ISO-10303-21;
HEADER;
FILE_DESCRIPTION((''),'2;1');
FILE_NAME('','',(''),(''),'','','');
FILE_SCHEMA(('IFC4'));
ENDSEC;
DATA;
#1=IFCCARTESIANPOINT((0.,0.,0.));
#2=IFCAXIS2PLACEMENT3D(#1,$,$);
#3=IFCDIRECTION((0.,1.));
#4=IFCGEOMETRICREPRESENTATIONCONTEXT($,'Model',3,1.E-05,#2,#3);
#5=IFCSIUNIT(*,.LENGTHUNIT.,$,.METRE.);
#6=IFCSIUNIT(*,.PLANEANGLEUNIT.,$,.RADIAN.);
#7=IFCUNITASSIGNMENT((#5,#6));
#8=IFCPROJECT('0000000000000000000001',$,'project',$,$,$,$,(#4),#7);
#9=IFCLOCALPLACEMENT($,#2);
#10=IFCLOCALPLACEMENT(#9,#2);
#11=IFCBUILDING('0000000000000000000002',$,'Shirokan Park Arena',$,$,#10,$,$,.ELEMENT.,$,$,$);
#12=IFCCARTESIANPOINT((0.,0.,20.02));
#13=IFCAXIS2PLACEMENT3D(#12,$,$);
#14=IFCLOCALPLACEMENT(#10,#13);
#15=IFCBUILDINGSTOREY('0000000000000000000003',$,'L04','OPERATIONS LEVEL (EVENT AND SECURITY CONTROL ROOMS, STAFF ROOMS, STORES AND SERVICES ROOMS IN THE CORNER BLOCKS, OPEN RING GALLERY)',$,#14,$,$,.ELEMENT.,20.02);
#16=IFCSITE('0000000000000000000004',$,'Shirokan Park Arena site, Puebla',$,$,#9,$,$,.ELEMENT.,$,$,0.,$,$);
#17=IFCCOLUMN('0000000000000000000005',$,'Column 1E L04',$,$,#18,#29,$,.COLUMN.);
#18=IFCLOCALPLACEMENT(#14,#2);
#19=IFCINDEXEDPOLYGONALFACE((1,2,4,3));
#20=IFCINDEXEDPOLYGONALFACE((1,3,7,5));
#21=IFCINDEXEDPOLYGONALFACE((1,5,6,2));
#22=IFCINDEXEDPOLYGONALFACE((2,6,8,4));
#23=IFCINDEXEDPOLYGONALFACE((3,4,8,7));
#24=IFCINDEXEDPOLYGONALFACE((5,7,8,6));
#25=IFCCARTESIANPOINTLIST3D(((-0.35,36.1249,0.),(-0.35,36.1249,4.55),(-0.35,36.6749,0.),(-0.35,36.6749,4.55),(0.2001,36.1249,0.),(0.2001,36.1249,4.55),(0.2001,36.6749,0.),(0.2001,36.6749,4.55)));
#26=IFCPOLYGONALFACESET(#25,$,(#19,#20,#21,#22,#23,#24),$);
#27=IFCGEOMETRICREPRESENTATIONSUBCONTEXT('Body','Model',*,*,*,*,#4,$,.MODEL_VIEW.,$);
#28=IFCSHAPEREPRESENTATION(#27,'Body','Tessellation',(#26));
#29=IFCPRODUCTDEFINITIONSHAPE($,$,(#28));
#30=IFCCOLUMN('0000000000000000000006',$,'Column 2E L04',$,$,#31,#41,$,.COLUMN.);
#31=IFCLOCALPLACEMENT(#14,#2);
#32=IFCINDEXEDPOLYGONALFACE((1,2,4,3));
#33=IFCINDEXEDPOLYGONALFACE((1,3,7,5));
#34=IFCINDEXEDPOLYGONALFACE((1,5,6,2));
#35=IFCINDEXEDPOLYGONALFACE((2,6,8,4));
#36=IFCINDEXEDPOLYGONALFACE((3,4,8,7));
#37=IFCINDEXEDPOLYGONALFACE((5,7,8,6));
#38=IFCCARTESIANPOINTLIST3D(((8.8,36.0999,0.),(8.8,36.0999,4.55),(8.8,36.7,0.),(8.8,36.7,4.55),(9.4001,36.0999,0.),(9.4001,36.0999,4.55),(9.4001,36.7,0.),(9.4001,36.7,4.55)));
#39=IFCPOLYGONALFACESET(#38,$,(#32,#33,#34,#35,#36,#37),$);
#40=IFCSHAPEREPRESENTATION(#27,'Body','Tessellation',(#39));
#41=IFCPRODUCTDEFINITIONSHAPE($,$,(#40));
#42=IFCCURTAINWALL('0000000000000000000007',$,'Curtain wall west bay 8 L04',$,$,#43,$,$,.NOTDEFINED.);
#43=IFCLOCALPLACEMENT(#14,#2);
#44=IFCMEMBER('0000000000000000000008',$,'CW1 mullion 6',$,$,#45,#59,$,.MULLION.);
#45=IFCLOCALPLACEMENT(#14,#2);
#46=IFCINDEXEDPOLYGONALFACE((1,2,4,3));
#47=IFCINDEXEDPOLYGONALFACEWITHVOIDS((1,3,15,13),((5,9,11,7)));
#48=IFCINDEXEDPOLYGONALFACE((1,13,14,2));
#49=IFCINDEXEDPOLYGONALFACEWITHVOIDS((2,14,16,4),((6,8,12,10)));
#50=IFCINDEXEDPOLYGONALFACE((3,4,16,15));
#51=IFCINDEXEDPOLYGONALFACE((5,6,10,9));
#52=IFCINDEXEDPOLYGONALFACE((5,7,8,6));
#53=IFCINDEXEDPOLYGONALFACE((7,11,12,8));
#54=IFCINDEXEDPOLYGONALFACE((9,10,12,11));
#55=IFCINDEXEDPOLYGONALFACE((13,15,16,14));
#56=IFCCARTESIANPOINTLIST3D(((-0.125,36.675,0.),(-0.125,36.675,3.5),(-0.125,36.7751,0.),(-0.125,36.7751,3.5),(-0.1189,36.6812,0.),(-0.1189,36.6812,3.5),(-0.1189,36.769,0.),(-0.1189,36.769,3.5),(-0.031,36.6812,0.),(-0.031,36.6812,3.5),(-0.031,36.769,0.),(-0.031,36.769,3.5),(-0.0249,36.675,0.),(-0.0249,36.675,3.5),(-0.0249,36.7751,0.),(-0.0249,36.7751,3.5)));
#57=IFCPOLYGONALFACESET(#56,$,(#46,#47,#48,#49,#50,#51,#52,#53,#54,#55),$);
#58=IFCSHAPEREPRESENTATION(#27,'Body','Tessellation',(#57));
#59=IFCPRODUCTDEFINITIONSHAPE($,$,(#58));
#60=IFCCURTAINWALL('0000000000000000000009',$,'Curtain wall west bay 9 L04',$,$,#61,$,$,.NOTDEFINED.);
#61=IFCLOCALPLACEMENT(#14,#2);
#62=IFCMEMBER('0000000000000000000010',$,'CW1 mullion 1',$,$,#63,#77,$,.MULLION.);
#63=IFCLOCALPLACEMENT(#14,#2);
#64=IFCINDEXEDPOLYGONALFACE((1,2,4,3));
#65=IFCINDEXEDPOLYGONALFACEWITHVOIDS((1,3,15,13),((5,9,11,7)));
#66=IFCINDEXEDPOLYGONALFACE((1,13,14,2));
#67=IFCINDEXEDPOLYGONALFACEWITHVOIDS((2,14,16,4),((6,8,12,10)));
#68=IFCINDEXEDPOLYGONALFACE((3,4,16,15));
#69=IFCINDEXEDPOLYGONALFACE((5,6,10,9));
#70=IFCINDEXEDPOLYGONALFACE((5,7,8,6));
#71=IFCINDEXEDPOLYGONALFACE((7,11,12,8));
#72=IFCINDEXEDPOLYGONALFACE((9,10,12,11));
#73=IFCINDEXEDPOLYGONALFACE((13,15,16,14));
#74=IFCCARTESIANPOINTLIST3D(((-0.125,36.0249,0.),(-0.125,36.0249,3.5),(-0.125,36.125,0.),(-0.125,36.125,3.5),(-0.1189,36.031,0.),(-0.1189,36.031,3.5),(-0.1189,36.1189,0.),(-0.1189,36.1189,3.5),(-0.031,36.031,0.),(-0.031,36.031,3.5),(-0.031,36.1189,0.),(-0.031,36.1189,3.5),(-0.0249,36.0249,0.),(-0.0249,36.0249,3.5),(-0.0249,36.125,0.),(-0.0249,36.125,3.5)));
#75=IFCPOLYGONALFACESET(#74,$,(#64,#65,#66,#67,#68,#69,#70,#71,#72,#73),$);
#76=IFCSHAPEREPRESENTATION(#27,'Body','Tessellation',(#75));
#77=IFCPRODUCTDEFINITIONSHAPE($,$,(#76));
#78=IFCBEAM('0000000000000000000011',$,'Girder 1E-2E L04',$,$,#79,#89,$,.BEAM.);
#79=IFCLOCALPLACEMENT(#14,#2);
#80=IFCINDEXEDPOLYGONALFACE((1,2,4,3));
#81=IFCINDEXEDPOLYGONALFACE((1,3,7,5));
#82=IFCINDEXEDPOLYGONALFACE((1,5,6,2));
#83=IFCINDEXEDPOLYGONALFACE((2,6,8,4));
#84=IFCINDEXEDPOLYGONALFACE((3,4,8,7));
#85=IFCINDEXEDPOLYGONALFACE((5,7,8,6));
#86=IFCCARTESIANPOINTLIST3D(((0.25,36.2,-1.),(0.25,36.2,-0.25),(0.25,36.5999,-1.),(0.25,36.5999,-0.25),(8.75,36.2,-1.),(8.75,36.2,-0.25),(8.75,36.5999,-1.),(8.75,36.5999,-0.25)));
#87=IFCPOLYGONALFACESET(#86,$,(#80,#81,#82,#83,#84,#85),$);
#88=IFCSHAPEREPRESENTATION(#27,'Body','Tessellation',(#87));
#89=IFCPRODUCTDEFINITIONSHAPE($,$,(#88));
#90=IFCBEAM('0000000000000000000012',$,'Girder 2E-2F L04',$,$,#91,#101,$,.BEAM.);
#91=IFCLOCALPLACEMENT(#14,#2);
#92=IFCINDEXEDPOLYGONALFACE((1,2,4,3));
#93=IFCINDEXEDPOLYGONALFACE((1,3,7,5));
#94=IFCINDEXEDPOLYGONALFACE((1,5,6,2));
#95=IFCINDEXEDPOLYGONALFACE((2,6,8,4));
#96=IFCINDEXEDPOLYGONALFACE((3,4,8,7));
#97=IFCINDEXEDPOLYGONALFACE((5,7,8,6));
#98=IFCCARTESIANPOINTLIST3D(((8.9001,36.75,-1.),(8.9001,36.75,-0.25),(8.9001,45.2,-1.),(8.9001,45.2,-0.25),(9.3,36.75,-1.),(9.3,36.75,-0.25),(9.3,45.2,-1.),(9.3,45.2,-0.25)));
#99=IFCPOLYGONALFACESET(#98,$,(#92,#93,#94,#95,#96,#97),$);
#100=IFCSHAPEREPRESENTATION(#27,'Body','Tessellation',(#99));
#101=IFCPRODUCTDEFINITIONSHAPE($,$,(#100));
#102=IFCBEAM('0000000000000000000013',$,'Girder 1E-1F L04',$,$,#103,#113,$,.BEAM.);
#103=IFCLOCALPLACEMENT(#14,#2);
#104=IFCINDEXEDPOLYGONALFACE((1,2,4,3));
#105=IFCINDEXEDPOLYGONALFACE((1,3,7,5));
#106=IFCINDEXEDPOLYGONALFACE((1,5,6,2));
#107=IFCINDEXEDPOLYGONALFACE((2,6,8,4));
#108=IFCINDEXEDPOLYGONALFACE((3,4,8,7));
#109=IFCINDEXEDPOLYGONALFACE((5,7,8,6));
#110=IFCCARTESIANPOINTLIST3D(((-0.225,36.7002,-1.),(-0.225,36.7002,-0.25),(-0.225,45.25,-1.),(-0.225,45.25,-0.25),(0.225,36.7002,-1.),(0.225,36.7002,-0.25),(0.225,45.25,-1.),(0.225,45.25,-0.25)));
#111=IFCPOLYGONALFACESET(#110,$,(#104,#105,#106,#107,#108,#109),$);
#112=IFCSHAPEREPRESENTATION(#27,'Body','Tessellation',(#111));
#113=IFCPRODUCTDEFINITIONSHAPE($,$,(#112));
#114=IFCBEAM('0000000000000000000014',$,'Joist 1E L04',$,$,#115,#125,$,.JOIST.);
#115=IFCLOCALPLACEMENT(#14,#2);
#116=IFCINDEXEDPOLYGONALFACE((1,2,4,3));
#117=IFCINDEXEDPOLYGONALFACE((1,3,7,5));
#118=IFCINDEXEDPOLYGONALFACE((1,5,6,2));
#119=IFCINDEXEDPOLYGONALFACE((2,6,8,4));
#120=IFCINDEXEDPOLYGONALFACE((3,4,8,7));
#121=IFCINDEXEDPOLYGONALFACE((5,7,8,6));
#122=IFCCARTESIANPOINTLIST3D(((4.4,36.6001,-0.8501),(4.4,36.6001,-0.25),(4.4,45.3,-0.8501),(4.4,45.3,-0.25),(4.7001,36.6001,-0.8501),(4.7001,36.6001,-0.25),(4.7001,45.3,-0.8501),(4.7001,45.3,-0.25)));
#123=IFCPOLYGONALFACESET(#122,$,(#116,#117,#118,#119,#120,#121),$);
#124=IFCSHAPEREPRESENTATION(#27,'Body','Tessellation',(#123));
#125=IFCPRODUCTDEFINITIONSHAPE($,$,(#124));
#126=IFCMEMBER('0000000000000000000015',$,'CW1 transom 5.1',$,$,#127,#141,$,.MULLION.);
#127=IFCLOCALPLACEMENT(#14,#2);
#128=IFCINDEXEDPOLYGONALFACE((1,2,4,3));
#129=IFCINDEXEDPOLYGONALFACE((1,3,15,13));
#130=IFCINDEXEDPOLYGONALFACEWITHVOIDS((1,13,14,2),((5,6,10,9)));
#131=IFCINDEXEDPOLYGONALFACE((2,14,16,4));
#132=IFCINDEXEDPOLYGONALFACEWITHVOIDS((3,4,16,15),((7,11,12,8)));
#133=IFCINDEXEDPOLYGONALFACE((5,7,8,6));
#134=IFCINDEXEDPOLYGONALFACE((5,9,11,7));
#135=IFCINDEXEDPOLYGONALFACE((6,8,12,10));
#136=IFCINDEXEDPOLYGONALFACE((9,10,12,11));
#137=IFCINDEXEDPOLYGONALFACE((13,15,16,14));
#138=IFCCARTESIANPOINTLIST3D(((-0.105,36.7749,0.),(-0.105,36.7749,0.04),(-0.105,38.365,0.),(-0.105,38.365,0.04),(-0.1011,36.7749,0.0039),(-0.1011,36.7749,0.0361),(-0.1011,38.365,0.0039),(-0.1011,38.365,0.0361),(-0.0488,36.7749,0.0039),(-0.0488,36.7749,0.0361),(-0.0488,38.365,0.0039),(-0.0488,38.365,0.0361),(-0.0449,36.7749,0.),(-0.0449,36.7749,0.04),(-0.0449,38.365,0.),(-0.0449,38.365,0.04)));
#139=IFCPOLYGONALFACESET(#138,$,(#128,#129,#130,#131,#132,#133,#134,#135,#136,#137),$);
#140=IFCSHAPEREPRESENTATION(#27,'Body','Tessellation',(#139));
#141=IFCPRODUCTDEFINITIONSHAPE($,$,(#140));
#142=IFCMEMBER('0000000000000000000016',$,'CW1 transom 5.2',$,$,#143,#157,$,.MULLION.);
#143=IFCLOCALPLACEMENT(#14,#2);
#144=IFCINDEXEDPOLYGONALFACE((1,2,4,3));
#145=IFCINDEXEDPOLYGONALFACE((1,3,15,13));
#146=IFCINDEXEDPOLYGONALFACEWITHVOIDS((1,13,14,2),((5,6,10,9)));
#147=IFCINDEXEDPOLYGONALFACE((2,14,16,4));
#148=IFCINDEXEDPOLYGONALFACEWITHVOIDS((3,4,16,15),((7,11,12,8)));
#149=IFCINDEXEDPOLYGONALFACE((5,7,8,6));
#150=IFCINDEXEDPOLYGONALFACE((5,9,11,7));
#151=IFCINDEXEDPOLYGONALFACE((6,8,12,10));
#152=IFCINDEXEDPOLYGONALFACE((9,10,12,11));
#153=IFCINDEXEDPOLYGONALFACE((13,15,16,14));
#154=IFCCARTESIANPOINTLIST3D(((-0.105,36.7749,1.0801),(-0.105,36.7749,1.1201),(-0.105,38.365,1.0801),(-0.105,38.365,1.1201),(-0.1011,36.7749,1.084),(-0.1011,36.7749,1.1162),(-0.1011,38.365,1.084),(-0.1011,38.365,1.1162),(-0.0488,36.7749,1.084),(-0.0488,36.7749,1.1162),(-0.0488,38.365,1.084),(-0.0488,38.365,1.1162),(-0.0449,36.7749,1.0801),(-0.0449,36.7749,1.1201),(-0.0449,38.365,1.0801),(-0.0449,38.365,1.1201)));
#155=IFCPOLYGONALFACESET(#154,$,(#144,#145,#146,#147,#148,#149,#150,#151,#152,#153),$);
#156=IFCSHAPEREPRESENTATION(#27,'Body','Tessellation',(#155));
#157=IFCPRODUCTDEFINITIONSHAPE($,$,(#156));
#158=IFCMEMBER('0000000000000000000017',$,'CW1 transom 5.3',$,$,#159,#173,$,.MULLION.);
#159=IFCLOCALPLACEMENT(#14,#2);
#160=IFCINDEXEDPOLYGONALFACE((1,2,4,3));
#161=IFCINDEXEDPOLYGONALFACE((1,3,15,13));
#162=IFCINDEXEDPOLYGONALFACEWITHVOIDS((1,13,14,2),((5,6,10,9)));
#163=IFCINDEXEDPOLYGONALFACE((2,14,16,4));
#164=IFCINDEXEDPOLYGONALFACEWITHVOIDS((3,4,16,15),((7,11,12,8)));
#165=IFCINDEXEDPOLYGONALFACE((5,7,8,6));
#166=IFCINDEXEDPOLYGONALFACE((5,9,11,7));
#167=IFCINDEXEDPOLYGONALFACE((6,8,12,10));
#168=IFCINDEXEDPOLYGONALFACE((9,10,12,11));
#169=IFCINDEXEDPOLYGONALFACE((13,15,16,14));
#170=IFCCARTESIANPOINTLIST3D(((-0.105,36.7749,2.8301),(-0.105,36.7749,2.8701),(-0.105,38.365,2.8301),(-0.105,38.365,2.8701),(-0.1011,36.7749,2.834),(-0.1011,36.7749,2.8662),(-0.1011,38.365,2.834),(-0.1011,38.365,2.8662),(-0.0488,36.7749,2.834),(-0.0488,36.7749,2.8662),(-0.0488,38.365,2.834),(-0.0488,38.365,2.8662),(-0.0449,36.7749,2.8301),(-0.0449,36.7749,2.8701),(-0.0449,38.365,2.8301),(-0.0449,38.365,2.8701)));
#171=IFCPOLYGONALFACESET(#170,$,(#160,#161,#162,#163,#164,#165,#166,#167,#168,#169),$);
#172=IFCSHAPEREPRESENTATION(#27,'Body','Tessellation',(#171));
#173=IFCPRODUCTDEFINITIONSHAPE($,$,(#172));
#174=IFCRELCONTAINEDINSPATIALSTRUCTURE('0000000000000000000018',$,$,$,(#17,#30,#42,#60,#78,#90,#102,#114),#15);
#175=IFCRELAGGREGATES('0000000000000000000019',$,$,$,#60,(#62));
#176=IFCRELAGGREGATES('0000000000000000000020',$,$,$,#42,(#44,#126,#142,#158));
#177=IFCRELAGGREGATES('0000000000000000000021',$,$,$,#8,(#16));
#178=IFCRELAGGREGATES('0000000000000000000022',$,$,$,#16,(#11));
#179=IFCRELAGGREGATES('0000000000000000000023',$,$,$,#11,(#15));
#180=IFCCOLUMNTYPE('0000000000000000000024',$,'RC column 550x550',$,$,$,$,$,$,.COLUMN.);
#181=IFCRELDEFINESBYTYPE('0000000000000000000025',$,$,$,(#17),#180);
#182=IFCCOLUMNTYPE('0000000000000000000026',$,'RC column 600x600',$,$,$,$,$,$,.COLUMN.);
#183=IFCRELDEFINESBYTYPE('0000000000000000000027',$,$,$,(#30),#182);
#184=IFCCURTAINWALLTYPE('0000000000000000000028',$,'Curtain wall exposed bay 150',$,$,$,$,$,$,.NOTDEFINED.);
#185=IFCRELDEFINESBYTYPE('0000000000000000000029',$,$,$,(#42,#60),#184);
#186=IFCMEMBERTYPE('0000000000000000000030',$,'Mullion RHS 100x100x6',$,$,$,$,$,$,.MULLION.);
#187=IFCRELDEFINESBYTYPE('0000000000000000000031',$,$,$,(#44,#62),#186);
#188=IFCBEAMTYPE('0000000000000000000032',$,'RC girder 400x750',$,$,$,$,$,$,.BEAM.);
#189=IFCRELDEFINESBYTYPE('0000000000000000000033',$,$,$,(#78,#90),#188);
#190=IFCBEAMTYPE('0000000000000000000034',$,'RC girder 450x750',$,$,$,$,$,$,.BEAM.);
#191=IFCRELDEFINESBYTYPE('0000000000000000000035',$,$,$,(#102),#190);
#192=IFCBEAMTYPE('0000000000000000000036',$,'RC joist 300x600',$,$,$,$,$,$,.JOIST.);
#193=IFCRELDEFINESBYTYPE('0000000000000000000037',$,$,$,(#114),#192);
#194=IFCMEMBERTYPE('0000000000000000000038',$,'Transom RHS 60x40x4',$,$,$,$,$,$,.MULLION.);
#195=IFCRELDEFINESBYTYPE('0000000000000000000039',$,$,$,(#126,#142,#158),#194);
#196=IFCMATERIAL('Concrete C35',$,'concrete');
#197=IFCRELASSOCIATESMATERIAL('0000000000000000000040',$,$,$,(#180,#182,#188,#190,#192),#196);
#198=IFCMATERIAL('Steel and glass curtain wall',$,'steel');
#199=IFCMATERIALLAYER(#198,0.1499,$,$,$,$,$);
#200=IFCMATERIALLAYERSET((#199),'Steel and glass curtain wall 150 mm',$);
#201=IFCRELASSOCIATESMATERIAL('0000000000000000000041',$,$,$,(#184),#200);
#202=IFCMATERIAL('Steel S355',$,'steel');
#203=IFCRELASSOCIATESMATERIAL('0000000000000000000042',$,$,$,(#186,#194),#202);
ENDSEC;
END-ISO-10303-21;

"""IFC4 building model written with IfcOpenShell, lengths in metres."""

from ifc_helpers import new_model, si_unit, direction, frame, origin, origin_2d, place, context, subcontext, project, spatial, rectangle, hollow_rectangle, extrude, material, layer, layer_set, material_profile, profile_set, type_object, element, aggregate, save


model = new_model("IFC4")

# Units and contexts
model_context = context("Model", 3, precision=1e-05, world=origin(), true_north=direction((0.0, 1.0)))
body_context = subcontext(model_context, "Body", "Model", "MODEL_VIEW")
ifc_project = project(units=[si_unit("LENGTHUNIT", "METRE"), si_unit("PLANEANGLEUNIT", "RADIAN")], contexts=[model_context])

# Site, building, storey
site_placement = place(None, origin())
site = spatial("IfcSite", under=ifc_project, at=site_placement, Name="Shirokan Park Arena site, Puebla", CompositionType="ELEMENT", RefElevation=0.0)
building_placement = place(site_placement, origin())
building = spatial("IfcBuilding", under=site, at=building_placement, Name="Shirokan Park Arena", CompositionType="ELEMENT")
storey_placement = place(building_placement, frame((0.0, 0.0, 20.02)))
storey = spatial("IfcBuildingStorey", under=building, at=storey_placement, Name="L04", Description="OPERATIONS LEVEL (EVENT AND SECURITY CONTROL ROOMS, STAFF ROOMS, STORES AND SERVICES ROOMS IN THE CORNER BLOCKS, OPEN RING GALLERY)", CompositionType="ELEMENT", Elevation=20.02)

# Columns
ifc_material_1 = material(Name="Concrete C35", Category="concrete")
ifc_material_profile_1 = material_profile(ifc_material_1, rectangle(XDim=0.55, YDim=0.55, at=origin_2d()), Name="550x550")
ifc_profile_set_1 = profile_set([ifc_material_profile_1], Name="Concrete C35")
column_type_1 = type_object("IfcColumnType", Name="RC column 550x550", PredefinedType="COLUMN", material=ifc_profile_set_1)
column_1_placement = place(storey_placement, frame((-0.075, 36.3999, 0.0), z_axis=(0.0, 0.0, 1.0), x_axis=(1.0, 0.0, 0.0)))
element("IfcColumn", 1, at=column_1_placement, inside=storey, type_object=column_type_1, Name="Column 1E L04", PredefinedType="COLUMN", context=body_context, shape_type="SweptSolid", body=[
    extrude(rectangle(XDim=0.55, YDim=0.55, at=origin_2d()), origin(), (0.0, 0.0, 1.0), 4.55),
])
ifc_material_profile_2 = material_profile(ifc_material_1, rectangle(XDim=0.6001, YDim=0.6001, at=origin_2d()), Name="600x600")
ifc_profile_set_2 = profile_set([ifc_material_profile_2], Name="Concrete C35")
column_type_2 = type_object("IfcColumnType", Name="RC column 600x600", PredefinedType="COLUMN", material=ifc_profile_set_2)
column_2_placement = place(storey_placement, frame((9.1001, 36.3999, 0.0), z_axis=(0.0, 0.0, 1.0), x_axis=(1.0, 0.0, 0.0)))
element("IfcColumn", 2, at=column_2_placement, inside=storey, type_object=column_type_2, Name="Column 2E L04", PredefinedType="COLUMN", context=body_context, shape_type="SweptSolid", body=[
    extrude(rectangle(XDim=0.6001, YDim=0.6001, at=origin_2d()), origin(), (0.0, 0.0, 1.0), 4.55),
])

# Curtain walls, members
ifc_material_2 = material(Name="Steel and glass curtain wall", Category="steel")
ifc_layer_1 = layer(ifc_material_2, 0.1499)
ifc_layer_set_1 = layer_set([ifc_layer_1], Name="Steel and glass curtain wall 150 mm")
curtain_wall_type = type_object("IfcCurtainWallType", Name="Curtain wall exposed bay 150", PredefinedType="NOTDEFINED", material=ifc_layer_set_1)
curtain_wall_1_placement = place(storey_placement, origin())
curtain_wall_1 = element("IfcCurtainWall", 3, at=curtain_wall_1_placement, inside=storey, type_object=curtain_wall_type, Name="Curtain wall west bay 8 L04", PredefinedType="NOTDEFINED")
ifc_material_3 = material(Name="Steel S355", Category="steel")
ifc_material_profile_3 = material_profile(ifc_material_3, hollow_rectangle(XDim=0.1001, YDim=0.1001, WallThickness=0.0061, at=origin_2d()), Name="RHS 100x100x6")
ifc_profile_set_3 = profile_set([ifc_material_profile_3], Name="Steel S355")
member_type_1 = type_object("IfcMemberType", Name="Mullion RHS 100x100x6", PredefinedType="MULLION", material=ifc_profile_set_3)
member_1_placement = place(storey_placement, frame((-0.075, 36.7251, 0.0), z_axis=(0.0, 0.0, 1.0), x_axis=(1.0, 0.0, 0.0)))
member_1 = element("IfcMember", 4, at=member_1_placement, type_object=member_type_1, Name="CW1 mullion 6", PredefinedType="MULLION", context=body_context, shape_type="SweptSolid", body=[
    extrude(hollow_rectangle(XDim=0.1001, YDim=0.1001, WallThickness=0.0061, at=origin_2d()), origin(), (0.0, 0.0, 1.0), 3.5),
])
curtain_wall_2_placement = place(storey_placement, origin())
curtain_wall_2 = element("IfcCurtainWall", 5, at=curtain_wall_2_placement, inside=storey, type_object=curtain_wall_type, Name="Curtain wall west bay 9 L04", PredefinedType="NOTDEFINED")
member_2_placement = place(storey_placement, frame((-0.075, 36.075, 0.0), z_axis=(0.0, 0.0, 1.0), x_axis=(1.0, 0.0, 0.0)))
member_2 = element("IfcMember", 6, at=member_2_placement, type_object=member_type_1, Name="CW1 mullion 1", PredefinedType="MULLION", context=body_context, shape_type="SweptSolid", body=[
    extrude(hollow_rectangle(XDim=0.1001, YDim=0.1001, WallThickness=0.0061, at=origin_2d()), origin(), (0.0, 0.0, 1.0), 3.5),
])

# Beams
ifc_material_profile_4 = material_profile(ifc_material_1, rectangle(XDim=0.3999, YDim=0.75, at=origin_2d()), Name="400x750")
ifc_profile_set_4 = profile_set([ifc_material_profile_4], Name="Concrete C35")
beam_type_1 = type_object("IfcBeamType", Name="RC girder 400x750", PredefinedType="BEAM", material=ifc_profile_set_4)
beam_1_placement = place(storey_placement, frame((0.25, 36.3999, -0.625), z_axis=(1.0, 0.0, 0.0), x_axis=(0.0, 1.0, 0.0)))
element("IfcBeam", 7, at=beam_1_placement, inside=storey, type_object=beam_type_1, Name="Girder 1E-2E L04", PredefinedType="BEAM", context=body_context, shape_type="SweptSolid", body=[
    extrude(rectangle(XDim=0.3999, YDim=0.75, at=origin_2d()), origin(), (0.0, 0.0, 1.0), 8.5),
])
beam_2_placement = place(storey_placement, frame((9.1001, 36.75, -0.625), z_axis=(0.0, 1.0, 0.0), x_axis=(-1.0, 0.0, 0.0)))
element("IfcBeam", 8, at=beam_2_placement, inside=storey, type_object=beam_type_1, Name="Girder 2E-2F L04", PredefinedType="BEAM", context=body_context, shape_type="SweptSolid", body=[
    extrude(rectangle(XDim=0.3999, YDim=0.75, at=origin_2d()), origin(), (0.0, 0.0, 1.0), 8.45),
])
ifc_material_profile_5 = material_profile(ifc_material_1, rectangle(XDim=0.45, YDim=0.75, at=origin_2d()), Name="450x750")
ifc_profile_set_5 = profile_set([ifc_material_profile_5], Name="Concrete C35")
beam_type_2 = type_object("IfcBeamType", Name="RC girder 450x750", PredefinedType="BEAM", material=ifc_profile_set_5)
beam_3_placement = place(storey_placement, frame((0.0, 36.7002, -0.625), z_axis=(0.0, 1.0, 0.0), x_axis=(-1.0, 0.0, 0.0)))
element("IfcBeam", 9, at=beam_3_placement, inside=storey, type_object=beam_type_2, Name="Girder 1E-1F L04", PredefinedType="BEAM", context=body_context, shape_type="SweptSolid", body=[
    extrude(rectangle(XDim=0.45, YDim=0.75, at=origin_2d()), origin(), (0.0, 0.0, 1.0), 8.5498),
])
ifc_material_profile_6 = material_profile(ifc_material_1, rectangle(XDim=0.3, YDim=0.6001, at=origin_2d()), Name="300x600")
ifc_profile_set_6 = profile_set([ifc_material_profile_6], Name="Concrete C35")
beam_type_3 = type_object("IfcBeamType", Name="RC joist 300x600", PredefinedType="JOIST", material=ifc_profile_set_6)
beam_4_placement = place(storey_placement, frame((4.55, 36.6001, -0.55), z_axis=(0.0, 1.0, 0.0), x_axis=(-1.0, 0.0, 0.0)))
element("IfcBeam", 10, at=beam_4_placement, inside=storey, type_object=beam_type_3, Name="Joist 1E L04", PredefinedType="JOIST", context=body_context, shape_type="SweptSolid", body=[
    extrude(rectangle(XDim=0.3, YDim=0.6001, at=origin_2d()), origin(), (0.0, 0.0, 1.0), 8.7),
])

# Members
ifc_material_profile_7 = material_profile(ifc_material_3, hollow_rectangle(XDim=0.0601, YDim=0.04, WallThickness=0.0039, at=origin_2d()), Name="RHS 60x40x4")
ifc_profile_set_7 = profile_set([ifc_material_profile_7], Name="Steel S355")
member_type_2 = type_object("IfcMemberType", Name="Transom RHS 60x40x4", PredefinedType="MULLION", material=ifc_profile_set_7)
member_3_placement = place(storey_placement, frame((-0.075, 38.365, 0.02), z_axis=(0.0, -1.0, 0.0), x_axis=(1.0, 0.0, 0.0)))
member_3 = element("IfcMember", 11, at=member_3_placement, type_object=member_type_2, Name="CW1 transom 5.1", PredefinedType="MULLION", context=body_context, shape_type="SweptSolid", body=[
    extrude(hollow_rectangle(XDim=0.0601, YDim=0.04, WallThickness=0.0039, at=origin_2d()), origin(), (0.0, 0.0, 1.0), 1.5901),
])
member_4_placement = place(storey_placement, frame((-0.075, 38.365, 1.1001), z_axis=(0.0, -1.0, 0.0), x_axis=(1.0, 0.0, 0.0)))
member_4 = element("IfcMember", 12, at=member_4_placement, type_object=member_type_2, Name="CW1 transom 5.2", PredefinedType="MULLION", context=body_context, shape_type="SweptSolid", body=[
    extrude(hollow_rectangle(XDim=0.0601, YDim=0.04, WallThickness=0.0039, at=origin_2d()), origin(), (0.0, 0.0, 1.0), 1.5901),
])
member_5_placement = place(storey_placement, frame((-0.075, 38.365, 2.8501), z_axis=(0.0, -1.0, 0.0), x_axis=(1.0, 0.0, 0.0)))
member_5 = element("IfcMember", 13, at=member_5_placement, type_object=member_type_2, Name="CW1 transom 5.3", PredefinedType="MULLION", context=body_context, shape_type="SweptSolid", body=[
    extrude(hollow_rectangle(XDim=0.0601, YDim=0.04, WallThickness=0.0039, at=origin_2d()), origin(), (0.0, 0.0, 1.0), 1.5901),
])
aggregate(curtain_wall_2, [member_2])

aggregate(curtain_wall_1, [member_1, member_3, member_4, member_5])

save(model, "model.ifc")
